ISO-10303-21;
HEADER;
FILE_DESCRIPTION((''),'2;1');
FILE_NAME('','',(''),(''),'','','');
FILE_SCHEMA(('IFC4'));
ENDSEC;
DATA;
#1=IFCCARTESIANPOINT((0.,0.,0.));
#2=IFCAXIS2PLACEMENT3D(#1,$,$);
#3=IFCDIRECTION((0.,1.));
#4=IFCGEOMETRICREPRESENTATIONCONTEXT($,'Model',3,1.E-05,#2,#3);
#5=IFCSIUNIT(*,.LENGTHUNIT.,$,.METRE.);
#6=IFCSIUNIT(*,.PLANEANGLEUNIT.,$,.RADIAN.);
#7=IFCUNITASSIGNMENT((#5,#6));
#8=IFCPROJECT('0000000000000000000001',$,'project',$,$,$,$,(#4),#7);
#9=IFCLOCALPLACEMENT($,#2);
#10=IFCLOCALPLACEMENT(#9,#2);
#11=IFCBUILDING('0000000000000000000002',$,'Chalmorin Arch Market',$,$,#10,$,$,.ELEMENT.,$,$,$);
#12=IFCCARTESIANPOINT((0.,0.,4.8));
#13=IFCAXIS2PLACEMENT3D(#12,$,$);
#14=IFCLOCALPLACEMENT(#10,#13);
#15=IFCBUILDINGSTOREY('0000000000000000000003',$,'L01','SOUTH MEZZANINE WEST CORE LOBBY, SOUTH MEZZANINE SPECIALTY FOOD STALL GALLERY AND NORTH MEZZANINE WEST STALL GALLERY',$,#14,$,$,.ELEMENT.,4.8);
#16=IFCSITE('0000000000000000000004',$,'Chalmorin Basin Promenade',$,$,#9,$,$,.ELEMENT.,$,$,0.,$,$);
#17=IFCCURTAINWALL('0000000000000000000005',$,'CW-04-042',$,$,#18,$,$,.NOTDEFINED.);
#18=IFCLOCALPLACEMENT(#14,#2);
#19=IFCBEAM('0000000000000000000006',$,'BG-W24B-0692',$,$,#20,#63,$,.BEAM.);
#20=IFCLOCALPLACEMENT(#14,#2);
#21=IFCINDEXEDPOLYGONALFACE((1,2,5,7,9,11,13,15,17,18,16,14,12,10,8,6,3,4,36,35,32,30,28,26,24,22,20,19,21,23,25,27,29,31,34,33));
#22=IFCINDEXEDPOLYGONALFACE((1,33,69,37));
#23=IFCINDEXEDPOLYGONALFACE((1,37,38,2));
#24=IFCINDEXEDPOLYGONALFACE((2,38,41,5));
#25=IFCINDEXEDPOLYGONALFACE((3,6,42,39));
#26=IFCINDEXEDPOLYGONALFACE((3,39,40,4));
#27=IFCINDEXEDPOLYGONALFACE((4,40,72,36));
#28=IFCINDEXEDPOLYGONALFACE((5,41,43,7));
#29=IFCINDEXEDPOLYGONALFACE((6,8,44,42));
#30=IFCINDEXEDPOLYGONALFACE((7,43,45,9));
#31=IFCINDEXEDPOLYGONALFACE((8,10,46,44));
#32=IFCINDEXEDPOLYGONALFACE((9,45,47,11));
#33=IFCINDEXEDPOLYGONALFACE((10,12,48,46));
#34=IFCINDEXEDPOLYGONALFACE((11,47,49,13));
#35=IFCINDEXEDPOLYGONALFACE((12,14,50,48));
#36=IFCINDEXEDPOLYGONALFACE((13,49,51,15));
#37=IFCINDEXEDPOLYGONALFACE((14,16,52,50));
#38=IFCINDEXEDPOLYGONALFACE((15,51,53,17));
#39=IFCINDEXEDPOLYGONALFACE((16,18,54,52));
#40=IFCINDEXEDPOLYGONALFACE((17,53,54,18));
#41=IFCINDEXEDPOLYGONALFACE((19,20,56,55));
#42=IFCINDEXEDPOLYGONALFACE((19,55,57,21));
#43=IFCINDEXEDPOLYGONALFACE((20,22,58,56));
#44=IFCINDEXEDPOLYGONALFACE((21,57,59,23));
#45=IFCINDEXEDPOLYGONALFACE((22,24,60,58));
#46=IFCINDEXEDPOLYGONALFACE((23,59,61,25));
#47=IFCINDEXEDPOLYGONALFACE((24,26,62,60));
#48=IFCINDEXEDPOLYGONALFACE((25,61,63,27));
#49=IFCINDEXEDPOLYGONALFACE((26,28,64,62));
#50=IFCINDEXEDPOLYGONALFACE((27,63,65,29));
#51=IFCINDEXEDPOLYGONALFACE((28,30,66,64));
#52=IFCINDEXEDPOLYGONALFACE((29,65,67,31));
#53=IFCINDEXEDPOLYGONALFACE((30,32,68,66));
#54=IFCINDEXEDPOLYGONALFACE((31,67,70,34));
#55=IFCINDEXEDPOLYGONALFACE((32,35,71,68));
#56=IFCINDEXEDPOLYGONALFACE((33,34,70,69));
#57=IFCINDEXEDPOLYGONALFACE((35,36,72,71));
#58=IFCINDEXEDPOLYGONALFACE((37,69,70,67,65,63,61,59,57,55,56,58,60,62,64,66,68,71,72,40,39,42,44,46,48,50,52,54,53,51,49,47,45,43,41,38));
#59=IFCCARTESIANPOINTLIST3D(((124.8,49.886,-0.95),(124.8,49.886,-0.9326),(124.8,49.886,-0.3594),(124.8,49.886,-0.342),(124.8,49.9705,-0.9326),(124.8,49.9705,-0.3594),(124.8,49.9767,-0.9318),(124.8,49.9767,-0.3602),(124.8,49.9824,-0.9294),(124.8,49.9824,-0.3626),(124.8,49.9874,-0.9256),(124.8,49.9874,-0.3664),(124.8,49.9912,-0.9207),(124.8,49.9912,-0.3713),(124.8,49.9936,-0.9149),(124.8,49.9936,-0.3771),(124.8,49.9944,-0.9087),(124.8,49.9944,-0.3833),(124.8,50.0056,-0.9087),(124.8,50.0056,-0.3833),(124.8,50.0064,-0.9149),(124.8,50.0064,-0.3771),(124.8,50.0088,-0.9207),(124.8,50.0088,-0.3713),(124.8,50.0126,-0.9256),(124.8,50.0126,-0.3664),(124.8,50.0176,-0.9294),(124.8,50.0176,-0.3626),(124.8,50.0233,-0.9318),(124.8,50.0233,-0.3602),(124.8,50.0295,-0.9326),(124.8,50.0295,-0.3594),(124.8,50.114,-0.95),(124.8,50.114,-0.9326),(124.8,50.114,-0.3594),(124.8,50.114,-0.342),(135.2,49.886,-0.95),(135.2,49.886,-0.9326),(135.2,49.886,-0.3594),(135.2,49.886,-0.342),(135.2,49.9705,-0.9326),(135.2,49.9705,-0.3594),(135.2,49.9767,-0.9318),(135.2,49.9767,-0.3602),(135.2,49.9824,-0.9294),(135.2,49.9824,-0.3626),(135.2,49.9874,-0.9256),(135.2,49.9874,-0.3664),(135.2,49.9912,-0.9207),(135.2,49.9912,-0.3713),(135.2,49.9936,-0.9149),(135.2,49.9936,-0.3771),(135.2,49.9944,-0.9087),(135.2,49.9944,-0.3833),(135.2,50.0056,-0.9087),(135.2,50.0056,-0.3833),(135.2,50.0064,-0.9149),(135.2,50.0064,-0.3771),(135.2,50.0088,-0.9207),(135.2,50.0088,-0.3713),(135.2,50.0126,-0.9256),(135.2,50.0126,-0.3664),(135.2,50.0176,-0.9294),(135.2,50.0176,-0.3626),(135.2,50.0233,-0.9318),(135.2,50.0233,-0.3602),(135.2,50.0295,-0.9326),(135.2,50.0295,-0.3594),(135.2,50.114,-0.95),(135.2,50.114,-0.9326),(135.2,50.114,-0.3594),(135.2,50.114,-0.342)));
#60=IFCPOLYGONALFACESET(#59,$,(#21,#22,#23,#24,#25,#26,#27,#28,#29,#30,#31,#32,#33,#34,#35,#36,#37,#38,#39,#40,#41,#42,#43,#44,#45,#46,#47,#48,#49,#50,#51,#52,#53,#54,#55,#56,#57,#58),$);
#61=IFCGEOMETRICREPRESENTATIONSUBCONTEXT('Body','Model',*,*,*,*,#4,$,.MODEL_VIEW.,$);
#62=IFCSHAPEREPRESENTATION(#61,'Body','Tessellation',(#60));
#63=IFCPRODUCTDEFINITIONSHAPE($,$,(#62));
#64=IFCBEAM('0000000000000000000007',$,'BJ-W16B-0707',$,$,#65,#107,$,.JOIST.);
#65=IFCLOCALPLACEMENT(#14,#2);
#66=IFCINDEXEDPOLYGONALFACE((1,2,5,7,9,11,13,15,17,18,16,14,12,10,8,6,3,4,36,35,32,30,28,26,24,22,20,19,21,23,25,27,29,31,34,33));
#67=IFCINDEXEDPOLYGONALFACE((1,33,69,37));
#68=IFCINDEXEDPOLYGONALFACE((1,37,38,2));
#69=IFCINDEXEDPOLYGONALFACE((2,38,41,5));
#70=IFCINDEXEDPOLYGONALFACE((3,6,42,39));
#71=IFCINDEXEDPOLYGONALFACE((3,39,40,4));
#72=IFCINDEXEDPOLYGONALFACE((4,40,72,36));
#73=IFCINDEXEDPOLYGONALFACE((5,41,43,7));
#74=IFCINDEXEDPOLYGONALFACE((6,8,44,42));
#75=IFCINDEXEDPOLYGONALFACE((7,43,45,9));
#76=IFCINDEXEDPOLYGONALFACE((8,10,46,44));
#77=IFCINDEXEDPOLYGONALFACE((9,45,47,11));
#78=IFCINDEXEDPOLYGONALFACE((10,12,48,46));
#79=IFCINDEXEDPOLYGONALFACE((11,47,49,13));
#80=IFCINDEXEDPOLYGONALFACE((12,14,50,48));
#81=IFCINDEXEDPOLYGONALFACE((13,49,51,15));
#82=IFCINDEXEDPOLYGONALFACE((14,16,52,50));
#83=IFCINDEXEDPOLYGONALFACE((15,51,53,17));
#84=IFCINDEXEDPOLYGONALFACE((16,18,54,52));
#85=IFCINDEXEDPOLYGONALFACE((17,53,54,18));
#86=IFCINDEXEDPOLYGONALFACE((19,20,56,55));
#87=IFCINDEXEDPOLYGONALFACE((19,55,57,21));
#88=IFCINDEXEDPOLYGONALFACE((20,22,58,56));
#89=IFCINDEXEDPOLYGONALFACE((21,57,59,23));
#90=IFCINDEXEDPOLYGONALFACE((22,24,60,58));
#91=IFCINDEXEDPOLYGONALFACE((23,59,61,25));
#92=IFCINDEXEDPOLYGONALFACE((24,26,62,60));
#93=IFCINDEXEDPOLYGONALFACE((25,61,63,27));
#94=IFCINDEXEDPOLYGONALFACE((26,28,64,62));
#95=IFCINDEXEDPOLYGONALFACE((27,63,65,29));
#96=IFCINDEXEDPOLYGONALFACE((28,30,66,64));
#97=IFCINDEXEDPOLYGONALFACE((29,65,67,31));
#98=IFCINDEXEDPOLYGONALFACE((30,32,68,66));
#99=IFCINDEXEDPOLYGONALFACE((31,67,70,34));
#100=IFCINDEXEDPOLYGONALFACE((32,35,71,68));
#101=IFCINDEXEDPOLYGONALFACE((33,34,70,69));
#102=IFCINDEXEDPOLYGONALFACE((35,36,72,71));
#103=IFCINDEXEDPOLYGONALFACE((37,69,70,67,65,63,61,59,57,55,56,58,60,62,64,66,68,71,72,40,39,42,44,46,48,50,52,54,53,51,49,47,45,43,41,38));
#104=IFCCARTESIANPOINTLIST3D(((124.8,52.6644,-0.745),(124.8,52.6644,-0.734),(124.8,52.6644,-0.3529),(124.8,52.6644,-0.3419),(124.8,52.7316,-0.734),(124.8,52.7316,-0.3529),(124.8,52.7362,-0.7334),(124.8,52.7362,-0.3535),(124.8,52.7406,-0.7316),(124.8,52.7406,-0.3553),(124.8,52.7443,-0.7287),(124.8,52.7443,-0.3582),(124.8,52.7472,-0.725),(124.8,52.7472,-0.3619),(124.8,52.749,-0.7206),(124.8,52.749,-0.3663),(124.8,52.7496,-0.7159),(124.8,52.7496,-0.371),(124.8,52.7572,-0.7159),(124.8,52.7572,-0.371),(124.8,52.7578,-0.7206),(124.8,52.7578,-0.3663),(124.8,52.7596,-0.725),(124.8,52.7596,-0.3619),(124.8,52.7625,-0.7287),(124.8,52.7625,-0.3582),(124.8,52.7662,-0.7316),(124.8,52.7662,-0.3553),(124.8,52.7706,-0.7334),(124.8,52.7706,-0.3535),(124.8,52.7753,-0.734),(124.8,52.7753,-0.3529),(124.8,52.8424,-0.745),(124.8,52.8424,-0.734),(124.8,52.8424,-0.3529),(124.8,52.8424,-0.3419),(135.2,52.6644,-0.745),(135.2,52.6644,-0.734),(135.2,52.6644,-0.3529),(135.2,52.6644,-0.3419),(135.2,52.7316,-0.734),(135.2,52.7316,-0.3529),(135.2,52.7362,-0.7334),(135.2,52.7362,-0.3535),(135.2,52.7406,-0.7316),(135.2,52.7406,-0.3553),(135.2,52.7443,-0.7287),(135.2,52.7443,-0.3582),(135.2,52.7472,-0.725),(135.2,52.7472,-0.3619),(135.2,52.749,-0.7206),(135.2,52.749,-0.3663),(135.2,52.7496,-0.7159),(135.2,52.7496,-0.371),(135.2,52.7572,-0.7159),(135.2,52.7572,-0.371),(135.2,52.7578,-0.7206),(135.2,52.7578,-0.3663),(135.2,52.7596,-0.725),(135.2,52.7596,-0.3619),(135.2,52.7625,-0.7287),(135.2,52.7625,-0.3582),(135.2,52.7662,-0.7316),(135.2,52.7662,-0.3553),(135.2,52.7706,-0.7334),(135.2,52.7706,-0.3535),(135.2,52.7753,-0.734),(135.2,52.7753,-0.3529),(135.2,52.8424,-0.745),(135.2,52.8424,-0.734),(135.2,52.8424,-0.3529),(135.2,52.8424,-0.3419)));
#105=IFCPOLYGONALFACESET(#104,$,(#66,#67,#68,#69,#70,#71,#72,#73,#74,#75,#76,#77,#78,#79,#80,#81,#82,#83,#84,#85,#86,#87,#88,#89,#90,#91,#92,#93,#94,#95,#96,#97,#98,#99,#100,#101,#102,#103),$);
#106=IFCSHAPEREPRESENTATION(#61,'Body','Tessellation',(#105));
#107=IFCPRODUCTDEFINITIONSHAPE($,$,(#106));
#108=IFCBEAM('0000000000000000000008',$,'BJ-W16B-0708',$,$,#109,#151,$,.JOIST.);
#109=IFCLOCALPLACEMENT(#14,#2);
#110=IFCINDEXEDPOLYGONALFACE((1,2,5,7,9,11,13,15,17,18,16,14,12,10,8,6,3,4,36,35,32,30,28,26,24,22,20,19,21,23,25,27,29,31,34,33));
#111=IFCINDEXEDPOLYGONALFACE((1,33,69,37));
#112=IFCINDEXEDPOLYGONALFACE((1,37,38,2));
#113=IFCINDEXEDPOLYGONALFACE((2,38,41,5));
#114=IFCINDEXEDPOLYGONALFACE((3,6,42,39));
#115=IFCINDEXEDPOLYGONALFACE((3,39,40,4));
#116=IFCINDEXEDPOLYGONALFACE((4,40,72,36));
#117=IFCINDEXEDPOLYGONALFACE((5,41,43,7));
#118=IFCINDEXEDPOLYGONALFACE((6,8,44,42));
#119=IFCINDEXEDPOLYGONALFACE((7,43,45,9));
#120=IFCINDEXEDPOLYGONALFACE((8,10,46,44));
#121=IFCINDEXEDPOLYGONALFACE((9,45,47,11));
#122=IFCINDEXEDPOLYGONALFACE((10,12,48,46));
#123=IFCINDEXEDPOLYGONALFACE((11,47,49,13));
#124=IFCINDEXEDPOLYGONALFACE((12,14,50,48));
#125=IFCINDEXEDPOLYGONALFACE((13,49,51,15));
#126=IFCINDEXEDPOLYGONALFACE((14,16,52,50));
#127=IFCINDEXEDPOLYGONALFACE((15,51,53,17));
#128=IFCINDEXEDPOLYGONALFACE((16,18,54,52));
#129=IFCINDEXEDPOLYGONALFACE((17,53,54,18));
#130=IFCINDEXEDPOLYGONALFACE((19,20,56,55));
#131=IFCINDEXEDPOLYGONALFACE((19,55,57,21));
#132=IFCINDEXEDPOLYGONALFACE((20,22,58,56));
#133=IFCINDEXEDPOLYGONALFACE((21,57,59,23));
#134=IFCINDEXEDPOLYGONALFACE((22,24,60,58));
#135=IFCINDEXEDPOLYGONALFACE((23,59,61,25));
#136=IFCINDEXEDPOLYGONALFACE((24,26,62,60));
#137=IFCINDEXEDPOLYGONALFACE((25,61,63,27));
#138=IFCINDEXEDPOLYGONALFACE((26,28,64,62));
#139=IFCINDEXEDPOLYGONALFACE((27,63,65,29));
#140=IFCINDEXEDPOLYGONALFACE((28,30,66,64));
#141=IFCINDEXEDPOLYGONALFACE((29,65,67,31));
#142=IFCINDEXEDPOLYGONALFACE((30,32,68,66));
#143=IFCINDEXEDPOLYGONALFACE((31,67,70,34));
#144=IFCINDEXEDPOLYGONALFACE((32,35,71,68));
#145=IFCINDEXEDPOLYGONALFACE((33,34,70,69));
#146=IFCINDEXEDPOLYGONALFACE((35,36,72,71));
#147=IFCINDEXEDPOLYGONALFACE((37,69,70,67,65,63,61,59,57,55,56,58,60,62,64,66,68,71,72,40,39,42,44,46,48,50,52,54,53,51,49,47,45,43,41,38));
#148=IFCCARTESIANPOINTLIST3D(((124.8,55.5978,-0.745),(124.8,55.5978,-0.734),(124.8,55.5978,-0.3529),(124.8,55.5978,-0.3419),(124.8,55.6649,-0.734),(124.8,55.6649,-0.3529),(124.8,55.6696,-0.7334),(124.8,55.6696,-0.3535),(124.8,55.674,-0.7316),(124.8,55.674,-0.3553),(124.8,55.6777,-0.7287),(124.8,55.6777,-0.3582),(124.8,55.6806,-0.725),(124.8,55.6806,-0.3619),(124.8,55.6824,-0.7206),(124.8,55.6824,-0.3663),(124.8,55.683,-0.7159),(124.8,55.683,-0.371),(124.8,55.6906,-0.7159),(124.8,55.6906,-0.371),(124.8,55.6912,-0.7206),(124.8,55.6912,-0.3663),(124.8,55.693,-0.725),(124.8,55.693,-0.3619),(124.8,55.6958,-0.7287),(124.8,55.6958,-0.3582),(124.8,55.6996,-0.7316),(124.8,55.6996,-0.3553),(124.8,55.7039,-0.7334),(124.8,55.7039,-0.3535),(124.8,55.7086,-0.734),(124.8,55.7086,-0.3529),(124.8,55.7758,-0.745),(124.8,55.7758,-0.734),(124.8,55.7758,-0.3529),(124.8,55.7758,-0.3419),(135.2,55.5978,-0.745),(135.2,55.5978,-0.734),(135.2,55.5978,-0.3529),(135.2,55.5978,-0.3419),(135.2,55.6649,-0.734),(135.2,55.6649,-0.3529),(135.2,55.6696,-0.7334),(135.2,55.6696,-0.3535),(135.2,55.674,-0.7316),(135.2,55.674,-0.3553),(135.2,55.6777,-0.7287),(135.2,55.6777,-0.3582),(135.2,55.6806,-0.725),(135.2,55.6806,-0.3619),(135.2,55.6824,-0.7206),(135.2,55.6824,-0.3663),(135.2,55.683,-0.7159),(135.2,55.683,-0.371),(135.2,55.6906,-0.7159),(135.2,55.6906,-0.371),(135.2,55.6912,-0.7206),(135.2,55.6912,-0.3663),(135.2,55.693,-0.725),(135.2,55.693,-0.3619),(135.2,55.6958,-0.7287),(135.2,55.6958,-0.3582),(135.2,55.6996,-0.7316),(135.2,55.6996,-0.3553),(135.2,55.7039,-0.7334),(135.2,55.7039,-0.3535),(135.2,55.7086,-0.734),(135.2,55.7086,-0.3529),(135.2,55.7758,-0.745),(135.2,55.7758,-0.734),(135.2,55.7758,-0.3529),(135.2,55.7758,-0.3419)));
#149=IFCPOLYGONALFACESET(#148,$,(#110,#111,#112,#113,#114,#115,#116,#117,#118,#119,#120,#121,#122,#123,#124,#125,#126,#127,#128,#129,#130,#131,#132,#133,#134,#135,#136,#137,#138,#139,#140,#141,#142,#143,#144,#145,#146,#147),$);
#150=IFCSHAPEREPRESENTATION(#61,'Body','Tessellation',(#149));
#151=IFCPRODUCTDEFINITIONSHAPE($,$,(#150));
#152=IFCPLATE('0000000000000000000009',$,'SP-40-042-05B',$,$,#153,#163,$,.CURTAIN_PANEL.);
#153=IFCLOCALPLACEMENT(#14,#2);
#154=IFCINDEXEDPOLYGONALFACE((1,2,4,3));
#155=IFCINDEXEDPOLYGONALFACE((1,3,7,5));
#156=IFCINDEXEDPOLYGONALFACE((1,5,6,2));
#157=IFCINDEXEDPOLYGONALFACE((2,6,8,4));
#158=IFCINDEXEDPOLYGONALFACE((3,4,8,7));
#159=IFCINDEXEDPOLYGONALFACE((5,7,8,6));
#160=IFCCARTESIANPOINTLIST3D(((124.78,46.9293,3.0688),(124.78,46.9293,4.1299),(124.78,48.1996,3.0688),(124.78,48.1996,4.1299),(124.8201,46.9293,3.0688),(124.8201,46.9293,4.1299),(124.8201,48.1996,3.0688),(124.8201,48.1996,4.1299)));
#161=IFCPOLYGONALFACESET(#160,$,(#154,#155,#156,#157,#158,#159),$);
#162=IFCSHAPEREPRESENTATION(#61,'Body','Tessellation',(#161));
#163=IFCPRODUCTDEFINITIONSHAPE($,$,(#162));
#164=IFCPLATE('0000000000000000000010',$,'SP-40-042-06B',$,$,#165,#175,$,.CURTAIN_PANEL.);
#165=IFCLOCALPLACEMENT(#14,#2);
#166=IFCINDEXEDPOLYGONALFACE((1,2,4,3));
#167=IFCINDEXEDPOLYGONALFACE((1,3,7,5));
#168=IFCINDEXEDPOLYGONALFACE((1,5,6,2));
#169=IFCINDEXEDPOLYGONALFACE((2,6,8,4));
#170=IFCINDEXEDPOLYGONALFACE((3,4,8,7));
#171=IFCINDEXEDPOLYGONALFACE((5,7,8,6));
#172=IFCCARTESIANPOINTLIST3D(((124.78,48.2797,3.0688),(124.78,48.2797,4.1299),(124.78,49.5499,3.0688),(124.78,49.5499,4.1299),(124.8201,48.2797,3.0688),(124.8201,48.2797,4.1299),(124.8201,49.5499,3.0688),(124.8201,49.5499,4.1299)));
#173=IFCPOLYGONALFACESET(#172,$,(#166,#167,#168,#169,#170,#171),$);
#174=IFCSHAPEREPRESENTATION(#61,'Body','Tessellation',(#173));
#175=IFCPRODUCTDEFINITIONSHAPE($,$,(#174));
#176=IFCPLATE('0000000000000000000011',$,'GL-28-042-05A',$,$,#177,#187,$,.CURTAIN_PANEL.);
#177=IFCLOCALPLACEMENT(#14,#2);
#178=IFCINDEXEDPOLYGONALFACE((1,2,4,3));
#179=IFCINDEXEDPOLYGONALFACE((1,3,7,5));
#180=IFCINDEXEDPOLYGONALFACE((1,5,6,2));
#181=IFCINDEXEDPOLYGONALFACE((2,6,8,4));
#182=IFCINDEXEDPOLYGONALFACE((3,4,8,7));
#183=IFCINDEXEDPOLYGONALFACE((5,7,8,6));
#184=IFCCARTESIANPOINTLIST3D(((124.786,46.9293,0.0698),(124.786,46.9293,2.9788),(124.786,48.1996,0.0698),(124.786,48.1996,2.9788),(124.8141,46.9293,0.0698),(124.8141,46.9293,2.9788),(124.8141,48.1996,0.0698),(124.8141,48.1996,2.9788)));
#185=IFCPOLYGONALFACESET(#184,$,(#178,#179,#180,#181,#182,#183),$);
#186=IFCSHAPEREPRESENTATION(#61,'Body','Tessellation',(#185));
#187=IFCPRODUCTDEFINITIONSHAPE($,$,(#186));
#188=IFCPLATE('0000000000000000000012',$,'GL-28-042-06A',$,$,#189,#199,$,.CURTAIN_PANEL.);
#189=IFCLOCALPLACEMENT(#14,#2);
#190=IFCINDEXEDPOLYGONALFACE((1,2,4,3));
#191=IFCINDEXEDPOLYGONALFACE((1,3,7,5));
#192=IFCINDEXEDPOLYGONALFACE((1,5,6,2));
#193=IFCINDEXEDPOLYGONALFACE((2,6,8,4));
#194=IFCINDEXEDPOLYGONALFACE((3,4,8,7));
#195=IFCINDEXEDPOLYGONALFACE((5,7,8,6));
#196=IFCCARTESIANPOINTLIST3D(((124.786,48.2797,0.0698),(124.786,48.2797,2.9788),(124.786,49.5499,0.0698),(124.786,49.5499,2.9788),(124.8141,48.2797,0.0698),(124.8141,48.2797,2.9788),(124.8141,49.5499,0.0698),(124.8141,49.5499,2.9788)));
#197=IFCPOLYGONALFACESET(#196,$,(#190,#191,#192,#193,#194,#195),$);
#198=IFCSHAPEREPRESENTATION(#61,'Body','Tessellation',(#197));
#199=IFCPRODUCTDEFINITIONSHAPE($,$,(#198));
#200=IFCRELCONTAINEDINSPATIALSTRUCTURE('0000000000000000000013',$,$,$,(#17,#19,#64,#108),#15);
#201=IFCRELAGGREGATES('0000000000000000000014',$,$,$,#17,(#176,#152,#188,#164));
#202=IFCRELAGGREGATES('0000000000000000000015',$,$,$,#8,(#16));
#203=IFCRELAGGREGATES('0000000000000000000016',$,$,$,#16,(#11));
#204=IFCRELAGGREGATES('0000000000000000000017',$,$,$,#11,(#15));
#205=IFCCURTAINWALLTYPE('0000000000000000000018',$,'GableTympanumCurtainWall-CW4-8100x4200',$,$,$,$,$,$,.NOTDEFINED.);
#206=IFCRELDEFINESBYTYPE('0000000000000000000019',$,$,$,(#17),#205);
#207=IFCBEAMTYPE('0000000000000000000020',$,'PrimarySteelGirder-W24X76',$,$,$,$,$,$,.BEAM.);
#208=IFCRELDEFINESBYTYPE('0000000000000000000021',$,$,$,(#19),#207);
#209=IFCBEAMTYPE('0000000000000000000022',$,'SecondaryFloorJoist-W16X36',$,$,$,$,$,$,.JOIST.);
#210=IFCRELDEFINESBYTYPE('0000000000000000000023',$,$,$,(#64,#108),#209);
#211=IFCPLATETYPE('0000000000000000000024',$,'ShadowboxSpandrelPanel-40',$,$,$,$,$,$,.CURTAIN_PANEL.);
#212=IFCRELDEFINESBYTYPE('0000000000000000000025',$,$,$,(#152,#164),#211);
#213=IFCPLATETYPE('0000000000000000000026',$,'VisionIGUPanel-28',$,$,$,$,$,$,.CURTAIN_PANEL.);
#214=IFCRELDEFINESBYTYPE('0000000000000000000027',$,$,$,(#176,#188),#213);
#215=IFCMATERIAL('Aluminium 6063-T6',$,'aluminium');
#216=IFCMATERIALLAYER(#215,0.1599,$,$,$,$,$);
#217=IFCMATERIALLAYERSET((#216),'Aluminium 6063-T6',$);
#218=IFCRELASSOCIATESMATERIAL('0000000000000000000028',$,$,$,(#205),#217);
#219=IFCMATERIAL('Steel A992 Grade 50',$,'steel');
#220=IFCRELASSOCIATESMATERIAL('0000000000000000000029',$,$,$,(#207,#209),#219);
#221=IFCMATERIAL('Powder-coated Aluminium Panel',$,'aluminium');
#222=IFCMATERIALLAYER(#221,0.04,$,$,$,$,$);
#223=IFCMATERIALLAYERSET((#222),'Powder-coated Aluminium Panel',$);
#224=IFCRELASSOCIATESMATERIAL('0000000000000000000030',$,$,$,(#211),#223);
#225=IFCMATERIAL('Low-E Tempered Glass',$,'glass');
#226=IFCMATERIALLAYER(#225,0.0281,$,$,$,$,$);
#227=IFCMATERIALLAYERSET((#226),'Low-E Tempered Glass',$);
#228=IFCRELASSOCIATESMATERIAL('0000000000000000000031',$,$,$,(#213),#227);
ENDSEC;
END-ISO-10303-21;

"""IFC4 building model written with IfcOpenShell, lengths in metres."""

from ifc_helpers import new_model, si_unit, direction, frame, origin, origin_2d, place, context, subcontext, project, spatial, rectangle, i_section, extrude, material, layer, layer_set, material_profile, profile_set, type_object, element, aggregate, save


model = new_model("IFC4")

# Units and contexts
model_context = context("Model", 3, precision=1e-05, world=origin(), true_north=direction((0.0, 1.0)))
body_context = subcontext(model_context, "Body", "Model", "MODEL_VIEW")
ifc_project = project(units=[si_unit("LENGTHUNIT", "METRE"), si_unit("PLANEANGLEUNIT", "RADIAN")], contexts=[model_context])

# Site, building, storey
site_placement = place(None, origin())
site = spatial("IfcSite", under=ifc_project, at=site_placement, Name="Chalmorin Basin Promenade", CompositionType="ELEMENT", RefElevation=0.0)
building_placement = place(site_placement, origin())
building = spatial("IfcBuilding", under=site, at=building_placement, Name="Chalmorin Arch Market", CompositionType="ELEMENT")
storey_placement = place(building_placement, frame((0.0, 0.0, 4.8)))
storey = spatial("IfcBuildingStorey", under=building, at=storey_placement, Name="L01", Description="SOUTH MEZZANINE WEST CORE LOBBY, SOUTH MEZZANINE SPECIALTY FOOD STALL GALLERY AND NORTH MEZZANINE WEST STALL GALLERY", CompositionType="ELEMENT", Elevation=4.8)

# Curtain wall
ifc_material_1 = material(Name="Aluminium 6063-T6", Category="aluminium")
ifc_layer_1 = layer(ifc_material_1, 0.1599)
ifc_layer_set_1 = layer_set([ifc_layer_1], Name="Aluminium 6063-T6")
curtain_wall_type = type_object("IfcCurtainWallType", Name="GableTympanumCurtainWall-CW4-8100x4200", PredefinedType="NOTDEFINED", material=ifc_layer_set_1)
curtain_wall_placement = place(storey_placement, origin())
curtain_wall = element("IfcCurtainWall", 1, at=curtain_wall_placement, inside=storey, type_object=curtain_wall_type, Name="CW-04-042", PredefinedType="NOTDEFINED")

# Beams
ifc_material_2 = material(Name="Steel A992 Grade 50", Category="steel")
ifc_material_profile_1 = material_profile(ifc_material_2, i_section(OverallWidth=0.228, OverallDepth=0.6079, WebThickness=0.0112, FlangeThickness=0.0173, FilletRadius=0.0239, at=origin_2d()), Name="W24X76")
ifc_profile_set_1 = profile_set([ifc_material_profile_1], Name="Steel A992 Grade 50")
beam_type_1 = type_object("IfcBeamType", Name="PrimarySteelGirder-W24X76", PredefinedType="BEAM", material=ifc_profile_set_1)
beam_placement = place(storey_placement, frame((124.8, 50.0, -0.646), z_axis=(1.0, 0.0, 0.0), x_axis=(0.0, 1.0, 0.0)))
element("IfcBeam", 2, at=beam_placement, inside=storey, type_object=beam_type_1, Name="BG-W24B-0692", PredefinedType="BEAM", context=body_context, shape_type="SweptSolid", body=[
    extrude(i_section(OverallWidth=0.228, OverallDepth=0.6079, WebThickness=0.0112, FlangeThickness=0.0173, FilletRadius=0.0239, at=origin_2d()), origin(), (0.0, 0.0, 1.0), 10.3999),
])
ifc_material_profile_2 = material_profile(ifc_material_2, i_section(OverallWidth=0.178, OverallDepth=0.4031, WebThickness=0.0076, FlangeThickness=0.011, FilletRadius=0.0181, at=origin_2d()), Name="W16X36")
ifc_profile_set_2 = profile_set([ifc_material_profile_2], Name="Steel A992 Grade 50")
beam_type_2 = type_object("IfcBeamType", Name="SecondaryFloorJoist-W16X36", PredefinedType="JOIST", material=ifc_profile_set_2)
for number, where, z_axis, x_axis, name in (
    (3, (124.8, 52.7534, -0.5435), (1.0, 0.0, 0.0), (0.0, 1.0, 0.0), "BJ-W16B-0707"),
    (4, (124.8, 55.6868, -0.5435), (1.0, 0.0, 0.0), (0.0, 1.0, 0.0), "BJ-W16B-0708"),
):
    element("IfcBeam", number, at=place(storey_placement, frame(where, z_axis=z_axis, x_axis=x_axis)), inside=storey, type_object=beam_type_2, Name=name, PredefinedType="JOIST", context=body_context, shape_type="SweptSolid", body=[
        extrude(i_section(OverallWidth=0.178, OverallDepth=0.4031, WebThickness=0.0076, FlangeThickness=0.011, FilletRadius=0.0181, at=origin_2d()), origin(), (0.0, 0.0, 1.0), 10.3999),
    ])

# Plates
ifc_material_3 = material(Name="Powder-coated Aluminium Panel", Category="aluminium")
ifc_layer_2 = layer(ifc_material_3, 0.04)
ifc_layer_set_2 = layer_set([ifc_layer_2], Name="Powder-coated Aluminium Panel")
plate_type_1 = type_object("IfcPlateType", Name="ShadowboxSpandrelPanel-40", PredefinedType="CURTAIN_PANEL", material=ifc_layer_set_2)
plate_1_placement = place(storey_placement, frame((124.8, 47.5645, 3.0688), z_axis=(0.0, 0.0, 1.0), x_axis=(0.0, 1.0, 0.0)))
plate_1 = element("IfcPlate", 5, at=plate_1_placement, type_object=plate_type_1, Name="SP-40-042-05B", PredefinedType="CURTAIN_PANEL", context=body_context, shape_type="SweptSolid", body=[
    extrude(rectangle(XDim=1.2703, YDim=0.04, at=origin_2d()), origin(), (0.0, 0.0, 1.0), 1.061),
])
plate_2_placement = place(storey_placement, frame((124.8, 48.9148, 3.0688), z_axis=(0.0, 0.0, 1.0), x_axis=(0.0, 1.0, 0.0)))
plate_2 = element("IfcPlate", 6, at=plate_2_placement, type_object=plate_type_1, Name="SP-40-042-06B", PredefinedType="CURTAIN_PANEL", context=body_context, shape_type="SweptSolid", body=[
    extrude(rectangle(XDim=1.2703, YDim=0.04, at=origin_2d()), origin(), (0.0, 0.0, 1.0), 1.061),
])
ifc_material_4 = material(Name="Low-E Tempered Glass", Category="glass")
ifc_layer_3 = layer(ifc_material_4, 0.0281)
ifc_layer_set_3 = layer_set([ifc_layer_3], Name="Low-E Tempered Glass")
plate_type_2 = type_object("IfcPlateType", Name="VisionIGUPanel-28", PredefinedType="CURTAIN_PANEL", material=ifc_layer_set_3)
plate_3_placement = place(storey_placement, frame((124.8, 47.5645, 0.0698), z_axis=(0.0, 0.0, 1.0), x_axis=(0.0, 1.0, 0.0)))
plate_3 = element("IfcPlate", 7, at=plate_3_placement, type_object=plate_type_2, Name="GL-28-042-05A", PredefinedType="CURTAIN_PANEL", context=body_context, shape_type="SweptSolid", body=[
    extrude(rectangle(XDim=1.2703, YDim=0.0281, at=origin_2d()), origin(), (0.0, 0.0, 1.0), 2.9089),
])
plate_4_placement = place(storey_placement, frame((124.8, 48.9148, 0.0698), z_axis=(0.0, 0.0, 1.0), x_axis=(0.0, 1.0, 0.0)))
plate_4 = element("IfcPlate", 8, at=plate_4_placement, type_object=plate_type_2, Name="GL-28-042-06A", PredefinedType="CURTAIN_PANEL", context=body_context, shape_type="SweptSolid", body=[
    extrude(rectangle(XDim=1.2703, YDim=0.0281, at=origin_2d()), origin(), (0.0, 0.0, 1.0), 2.9089),
])
aggregate(curtain_wall, [plate_3, plate_1, plate_4, plate_2])

save(model, "model.ifc")
